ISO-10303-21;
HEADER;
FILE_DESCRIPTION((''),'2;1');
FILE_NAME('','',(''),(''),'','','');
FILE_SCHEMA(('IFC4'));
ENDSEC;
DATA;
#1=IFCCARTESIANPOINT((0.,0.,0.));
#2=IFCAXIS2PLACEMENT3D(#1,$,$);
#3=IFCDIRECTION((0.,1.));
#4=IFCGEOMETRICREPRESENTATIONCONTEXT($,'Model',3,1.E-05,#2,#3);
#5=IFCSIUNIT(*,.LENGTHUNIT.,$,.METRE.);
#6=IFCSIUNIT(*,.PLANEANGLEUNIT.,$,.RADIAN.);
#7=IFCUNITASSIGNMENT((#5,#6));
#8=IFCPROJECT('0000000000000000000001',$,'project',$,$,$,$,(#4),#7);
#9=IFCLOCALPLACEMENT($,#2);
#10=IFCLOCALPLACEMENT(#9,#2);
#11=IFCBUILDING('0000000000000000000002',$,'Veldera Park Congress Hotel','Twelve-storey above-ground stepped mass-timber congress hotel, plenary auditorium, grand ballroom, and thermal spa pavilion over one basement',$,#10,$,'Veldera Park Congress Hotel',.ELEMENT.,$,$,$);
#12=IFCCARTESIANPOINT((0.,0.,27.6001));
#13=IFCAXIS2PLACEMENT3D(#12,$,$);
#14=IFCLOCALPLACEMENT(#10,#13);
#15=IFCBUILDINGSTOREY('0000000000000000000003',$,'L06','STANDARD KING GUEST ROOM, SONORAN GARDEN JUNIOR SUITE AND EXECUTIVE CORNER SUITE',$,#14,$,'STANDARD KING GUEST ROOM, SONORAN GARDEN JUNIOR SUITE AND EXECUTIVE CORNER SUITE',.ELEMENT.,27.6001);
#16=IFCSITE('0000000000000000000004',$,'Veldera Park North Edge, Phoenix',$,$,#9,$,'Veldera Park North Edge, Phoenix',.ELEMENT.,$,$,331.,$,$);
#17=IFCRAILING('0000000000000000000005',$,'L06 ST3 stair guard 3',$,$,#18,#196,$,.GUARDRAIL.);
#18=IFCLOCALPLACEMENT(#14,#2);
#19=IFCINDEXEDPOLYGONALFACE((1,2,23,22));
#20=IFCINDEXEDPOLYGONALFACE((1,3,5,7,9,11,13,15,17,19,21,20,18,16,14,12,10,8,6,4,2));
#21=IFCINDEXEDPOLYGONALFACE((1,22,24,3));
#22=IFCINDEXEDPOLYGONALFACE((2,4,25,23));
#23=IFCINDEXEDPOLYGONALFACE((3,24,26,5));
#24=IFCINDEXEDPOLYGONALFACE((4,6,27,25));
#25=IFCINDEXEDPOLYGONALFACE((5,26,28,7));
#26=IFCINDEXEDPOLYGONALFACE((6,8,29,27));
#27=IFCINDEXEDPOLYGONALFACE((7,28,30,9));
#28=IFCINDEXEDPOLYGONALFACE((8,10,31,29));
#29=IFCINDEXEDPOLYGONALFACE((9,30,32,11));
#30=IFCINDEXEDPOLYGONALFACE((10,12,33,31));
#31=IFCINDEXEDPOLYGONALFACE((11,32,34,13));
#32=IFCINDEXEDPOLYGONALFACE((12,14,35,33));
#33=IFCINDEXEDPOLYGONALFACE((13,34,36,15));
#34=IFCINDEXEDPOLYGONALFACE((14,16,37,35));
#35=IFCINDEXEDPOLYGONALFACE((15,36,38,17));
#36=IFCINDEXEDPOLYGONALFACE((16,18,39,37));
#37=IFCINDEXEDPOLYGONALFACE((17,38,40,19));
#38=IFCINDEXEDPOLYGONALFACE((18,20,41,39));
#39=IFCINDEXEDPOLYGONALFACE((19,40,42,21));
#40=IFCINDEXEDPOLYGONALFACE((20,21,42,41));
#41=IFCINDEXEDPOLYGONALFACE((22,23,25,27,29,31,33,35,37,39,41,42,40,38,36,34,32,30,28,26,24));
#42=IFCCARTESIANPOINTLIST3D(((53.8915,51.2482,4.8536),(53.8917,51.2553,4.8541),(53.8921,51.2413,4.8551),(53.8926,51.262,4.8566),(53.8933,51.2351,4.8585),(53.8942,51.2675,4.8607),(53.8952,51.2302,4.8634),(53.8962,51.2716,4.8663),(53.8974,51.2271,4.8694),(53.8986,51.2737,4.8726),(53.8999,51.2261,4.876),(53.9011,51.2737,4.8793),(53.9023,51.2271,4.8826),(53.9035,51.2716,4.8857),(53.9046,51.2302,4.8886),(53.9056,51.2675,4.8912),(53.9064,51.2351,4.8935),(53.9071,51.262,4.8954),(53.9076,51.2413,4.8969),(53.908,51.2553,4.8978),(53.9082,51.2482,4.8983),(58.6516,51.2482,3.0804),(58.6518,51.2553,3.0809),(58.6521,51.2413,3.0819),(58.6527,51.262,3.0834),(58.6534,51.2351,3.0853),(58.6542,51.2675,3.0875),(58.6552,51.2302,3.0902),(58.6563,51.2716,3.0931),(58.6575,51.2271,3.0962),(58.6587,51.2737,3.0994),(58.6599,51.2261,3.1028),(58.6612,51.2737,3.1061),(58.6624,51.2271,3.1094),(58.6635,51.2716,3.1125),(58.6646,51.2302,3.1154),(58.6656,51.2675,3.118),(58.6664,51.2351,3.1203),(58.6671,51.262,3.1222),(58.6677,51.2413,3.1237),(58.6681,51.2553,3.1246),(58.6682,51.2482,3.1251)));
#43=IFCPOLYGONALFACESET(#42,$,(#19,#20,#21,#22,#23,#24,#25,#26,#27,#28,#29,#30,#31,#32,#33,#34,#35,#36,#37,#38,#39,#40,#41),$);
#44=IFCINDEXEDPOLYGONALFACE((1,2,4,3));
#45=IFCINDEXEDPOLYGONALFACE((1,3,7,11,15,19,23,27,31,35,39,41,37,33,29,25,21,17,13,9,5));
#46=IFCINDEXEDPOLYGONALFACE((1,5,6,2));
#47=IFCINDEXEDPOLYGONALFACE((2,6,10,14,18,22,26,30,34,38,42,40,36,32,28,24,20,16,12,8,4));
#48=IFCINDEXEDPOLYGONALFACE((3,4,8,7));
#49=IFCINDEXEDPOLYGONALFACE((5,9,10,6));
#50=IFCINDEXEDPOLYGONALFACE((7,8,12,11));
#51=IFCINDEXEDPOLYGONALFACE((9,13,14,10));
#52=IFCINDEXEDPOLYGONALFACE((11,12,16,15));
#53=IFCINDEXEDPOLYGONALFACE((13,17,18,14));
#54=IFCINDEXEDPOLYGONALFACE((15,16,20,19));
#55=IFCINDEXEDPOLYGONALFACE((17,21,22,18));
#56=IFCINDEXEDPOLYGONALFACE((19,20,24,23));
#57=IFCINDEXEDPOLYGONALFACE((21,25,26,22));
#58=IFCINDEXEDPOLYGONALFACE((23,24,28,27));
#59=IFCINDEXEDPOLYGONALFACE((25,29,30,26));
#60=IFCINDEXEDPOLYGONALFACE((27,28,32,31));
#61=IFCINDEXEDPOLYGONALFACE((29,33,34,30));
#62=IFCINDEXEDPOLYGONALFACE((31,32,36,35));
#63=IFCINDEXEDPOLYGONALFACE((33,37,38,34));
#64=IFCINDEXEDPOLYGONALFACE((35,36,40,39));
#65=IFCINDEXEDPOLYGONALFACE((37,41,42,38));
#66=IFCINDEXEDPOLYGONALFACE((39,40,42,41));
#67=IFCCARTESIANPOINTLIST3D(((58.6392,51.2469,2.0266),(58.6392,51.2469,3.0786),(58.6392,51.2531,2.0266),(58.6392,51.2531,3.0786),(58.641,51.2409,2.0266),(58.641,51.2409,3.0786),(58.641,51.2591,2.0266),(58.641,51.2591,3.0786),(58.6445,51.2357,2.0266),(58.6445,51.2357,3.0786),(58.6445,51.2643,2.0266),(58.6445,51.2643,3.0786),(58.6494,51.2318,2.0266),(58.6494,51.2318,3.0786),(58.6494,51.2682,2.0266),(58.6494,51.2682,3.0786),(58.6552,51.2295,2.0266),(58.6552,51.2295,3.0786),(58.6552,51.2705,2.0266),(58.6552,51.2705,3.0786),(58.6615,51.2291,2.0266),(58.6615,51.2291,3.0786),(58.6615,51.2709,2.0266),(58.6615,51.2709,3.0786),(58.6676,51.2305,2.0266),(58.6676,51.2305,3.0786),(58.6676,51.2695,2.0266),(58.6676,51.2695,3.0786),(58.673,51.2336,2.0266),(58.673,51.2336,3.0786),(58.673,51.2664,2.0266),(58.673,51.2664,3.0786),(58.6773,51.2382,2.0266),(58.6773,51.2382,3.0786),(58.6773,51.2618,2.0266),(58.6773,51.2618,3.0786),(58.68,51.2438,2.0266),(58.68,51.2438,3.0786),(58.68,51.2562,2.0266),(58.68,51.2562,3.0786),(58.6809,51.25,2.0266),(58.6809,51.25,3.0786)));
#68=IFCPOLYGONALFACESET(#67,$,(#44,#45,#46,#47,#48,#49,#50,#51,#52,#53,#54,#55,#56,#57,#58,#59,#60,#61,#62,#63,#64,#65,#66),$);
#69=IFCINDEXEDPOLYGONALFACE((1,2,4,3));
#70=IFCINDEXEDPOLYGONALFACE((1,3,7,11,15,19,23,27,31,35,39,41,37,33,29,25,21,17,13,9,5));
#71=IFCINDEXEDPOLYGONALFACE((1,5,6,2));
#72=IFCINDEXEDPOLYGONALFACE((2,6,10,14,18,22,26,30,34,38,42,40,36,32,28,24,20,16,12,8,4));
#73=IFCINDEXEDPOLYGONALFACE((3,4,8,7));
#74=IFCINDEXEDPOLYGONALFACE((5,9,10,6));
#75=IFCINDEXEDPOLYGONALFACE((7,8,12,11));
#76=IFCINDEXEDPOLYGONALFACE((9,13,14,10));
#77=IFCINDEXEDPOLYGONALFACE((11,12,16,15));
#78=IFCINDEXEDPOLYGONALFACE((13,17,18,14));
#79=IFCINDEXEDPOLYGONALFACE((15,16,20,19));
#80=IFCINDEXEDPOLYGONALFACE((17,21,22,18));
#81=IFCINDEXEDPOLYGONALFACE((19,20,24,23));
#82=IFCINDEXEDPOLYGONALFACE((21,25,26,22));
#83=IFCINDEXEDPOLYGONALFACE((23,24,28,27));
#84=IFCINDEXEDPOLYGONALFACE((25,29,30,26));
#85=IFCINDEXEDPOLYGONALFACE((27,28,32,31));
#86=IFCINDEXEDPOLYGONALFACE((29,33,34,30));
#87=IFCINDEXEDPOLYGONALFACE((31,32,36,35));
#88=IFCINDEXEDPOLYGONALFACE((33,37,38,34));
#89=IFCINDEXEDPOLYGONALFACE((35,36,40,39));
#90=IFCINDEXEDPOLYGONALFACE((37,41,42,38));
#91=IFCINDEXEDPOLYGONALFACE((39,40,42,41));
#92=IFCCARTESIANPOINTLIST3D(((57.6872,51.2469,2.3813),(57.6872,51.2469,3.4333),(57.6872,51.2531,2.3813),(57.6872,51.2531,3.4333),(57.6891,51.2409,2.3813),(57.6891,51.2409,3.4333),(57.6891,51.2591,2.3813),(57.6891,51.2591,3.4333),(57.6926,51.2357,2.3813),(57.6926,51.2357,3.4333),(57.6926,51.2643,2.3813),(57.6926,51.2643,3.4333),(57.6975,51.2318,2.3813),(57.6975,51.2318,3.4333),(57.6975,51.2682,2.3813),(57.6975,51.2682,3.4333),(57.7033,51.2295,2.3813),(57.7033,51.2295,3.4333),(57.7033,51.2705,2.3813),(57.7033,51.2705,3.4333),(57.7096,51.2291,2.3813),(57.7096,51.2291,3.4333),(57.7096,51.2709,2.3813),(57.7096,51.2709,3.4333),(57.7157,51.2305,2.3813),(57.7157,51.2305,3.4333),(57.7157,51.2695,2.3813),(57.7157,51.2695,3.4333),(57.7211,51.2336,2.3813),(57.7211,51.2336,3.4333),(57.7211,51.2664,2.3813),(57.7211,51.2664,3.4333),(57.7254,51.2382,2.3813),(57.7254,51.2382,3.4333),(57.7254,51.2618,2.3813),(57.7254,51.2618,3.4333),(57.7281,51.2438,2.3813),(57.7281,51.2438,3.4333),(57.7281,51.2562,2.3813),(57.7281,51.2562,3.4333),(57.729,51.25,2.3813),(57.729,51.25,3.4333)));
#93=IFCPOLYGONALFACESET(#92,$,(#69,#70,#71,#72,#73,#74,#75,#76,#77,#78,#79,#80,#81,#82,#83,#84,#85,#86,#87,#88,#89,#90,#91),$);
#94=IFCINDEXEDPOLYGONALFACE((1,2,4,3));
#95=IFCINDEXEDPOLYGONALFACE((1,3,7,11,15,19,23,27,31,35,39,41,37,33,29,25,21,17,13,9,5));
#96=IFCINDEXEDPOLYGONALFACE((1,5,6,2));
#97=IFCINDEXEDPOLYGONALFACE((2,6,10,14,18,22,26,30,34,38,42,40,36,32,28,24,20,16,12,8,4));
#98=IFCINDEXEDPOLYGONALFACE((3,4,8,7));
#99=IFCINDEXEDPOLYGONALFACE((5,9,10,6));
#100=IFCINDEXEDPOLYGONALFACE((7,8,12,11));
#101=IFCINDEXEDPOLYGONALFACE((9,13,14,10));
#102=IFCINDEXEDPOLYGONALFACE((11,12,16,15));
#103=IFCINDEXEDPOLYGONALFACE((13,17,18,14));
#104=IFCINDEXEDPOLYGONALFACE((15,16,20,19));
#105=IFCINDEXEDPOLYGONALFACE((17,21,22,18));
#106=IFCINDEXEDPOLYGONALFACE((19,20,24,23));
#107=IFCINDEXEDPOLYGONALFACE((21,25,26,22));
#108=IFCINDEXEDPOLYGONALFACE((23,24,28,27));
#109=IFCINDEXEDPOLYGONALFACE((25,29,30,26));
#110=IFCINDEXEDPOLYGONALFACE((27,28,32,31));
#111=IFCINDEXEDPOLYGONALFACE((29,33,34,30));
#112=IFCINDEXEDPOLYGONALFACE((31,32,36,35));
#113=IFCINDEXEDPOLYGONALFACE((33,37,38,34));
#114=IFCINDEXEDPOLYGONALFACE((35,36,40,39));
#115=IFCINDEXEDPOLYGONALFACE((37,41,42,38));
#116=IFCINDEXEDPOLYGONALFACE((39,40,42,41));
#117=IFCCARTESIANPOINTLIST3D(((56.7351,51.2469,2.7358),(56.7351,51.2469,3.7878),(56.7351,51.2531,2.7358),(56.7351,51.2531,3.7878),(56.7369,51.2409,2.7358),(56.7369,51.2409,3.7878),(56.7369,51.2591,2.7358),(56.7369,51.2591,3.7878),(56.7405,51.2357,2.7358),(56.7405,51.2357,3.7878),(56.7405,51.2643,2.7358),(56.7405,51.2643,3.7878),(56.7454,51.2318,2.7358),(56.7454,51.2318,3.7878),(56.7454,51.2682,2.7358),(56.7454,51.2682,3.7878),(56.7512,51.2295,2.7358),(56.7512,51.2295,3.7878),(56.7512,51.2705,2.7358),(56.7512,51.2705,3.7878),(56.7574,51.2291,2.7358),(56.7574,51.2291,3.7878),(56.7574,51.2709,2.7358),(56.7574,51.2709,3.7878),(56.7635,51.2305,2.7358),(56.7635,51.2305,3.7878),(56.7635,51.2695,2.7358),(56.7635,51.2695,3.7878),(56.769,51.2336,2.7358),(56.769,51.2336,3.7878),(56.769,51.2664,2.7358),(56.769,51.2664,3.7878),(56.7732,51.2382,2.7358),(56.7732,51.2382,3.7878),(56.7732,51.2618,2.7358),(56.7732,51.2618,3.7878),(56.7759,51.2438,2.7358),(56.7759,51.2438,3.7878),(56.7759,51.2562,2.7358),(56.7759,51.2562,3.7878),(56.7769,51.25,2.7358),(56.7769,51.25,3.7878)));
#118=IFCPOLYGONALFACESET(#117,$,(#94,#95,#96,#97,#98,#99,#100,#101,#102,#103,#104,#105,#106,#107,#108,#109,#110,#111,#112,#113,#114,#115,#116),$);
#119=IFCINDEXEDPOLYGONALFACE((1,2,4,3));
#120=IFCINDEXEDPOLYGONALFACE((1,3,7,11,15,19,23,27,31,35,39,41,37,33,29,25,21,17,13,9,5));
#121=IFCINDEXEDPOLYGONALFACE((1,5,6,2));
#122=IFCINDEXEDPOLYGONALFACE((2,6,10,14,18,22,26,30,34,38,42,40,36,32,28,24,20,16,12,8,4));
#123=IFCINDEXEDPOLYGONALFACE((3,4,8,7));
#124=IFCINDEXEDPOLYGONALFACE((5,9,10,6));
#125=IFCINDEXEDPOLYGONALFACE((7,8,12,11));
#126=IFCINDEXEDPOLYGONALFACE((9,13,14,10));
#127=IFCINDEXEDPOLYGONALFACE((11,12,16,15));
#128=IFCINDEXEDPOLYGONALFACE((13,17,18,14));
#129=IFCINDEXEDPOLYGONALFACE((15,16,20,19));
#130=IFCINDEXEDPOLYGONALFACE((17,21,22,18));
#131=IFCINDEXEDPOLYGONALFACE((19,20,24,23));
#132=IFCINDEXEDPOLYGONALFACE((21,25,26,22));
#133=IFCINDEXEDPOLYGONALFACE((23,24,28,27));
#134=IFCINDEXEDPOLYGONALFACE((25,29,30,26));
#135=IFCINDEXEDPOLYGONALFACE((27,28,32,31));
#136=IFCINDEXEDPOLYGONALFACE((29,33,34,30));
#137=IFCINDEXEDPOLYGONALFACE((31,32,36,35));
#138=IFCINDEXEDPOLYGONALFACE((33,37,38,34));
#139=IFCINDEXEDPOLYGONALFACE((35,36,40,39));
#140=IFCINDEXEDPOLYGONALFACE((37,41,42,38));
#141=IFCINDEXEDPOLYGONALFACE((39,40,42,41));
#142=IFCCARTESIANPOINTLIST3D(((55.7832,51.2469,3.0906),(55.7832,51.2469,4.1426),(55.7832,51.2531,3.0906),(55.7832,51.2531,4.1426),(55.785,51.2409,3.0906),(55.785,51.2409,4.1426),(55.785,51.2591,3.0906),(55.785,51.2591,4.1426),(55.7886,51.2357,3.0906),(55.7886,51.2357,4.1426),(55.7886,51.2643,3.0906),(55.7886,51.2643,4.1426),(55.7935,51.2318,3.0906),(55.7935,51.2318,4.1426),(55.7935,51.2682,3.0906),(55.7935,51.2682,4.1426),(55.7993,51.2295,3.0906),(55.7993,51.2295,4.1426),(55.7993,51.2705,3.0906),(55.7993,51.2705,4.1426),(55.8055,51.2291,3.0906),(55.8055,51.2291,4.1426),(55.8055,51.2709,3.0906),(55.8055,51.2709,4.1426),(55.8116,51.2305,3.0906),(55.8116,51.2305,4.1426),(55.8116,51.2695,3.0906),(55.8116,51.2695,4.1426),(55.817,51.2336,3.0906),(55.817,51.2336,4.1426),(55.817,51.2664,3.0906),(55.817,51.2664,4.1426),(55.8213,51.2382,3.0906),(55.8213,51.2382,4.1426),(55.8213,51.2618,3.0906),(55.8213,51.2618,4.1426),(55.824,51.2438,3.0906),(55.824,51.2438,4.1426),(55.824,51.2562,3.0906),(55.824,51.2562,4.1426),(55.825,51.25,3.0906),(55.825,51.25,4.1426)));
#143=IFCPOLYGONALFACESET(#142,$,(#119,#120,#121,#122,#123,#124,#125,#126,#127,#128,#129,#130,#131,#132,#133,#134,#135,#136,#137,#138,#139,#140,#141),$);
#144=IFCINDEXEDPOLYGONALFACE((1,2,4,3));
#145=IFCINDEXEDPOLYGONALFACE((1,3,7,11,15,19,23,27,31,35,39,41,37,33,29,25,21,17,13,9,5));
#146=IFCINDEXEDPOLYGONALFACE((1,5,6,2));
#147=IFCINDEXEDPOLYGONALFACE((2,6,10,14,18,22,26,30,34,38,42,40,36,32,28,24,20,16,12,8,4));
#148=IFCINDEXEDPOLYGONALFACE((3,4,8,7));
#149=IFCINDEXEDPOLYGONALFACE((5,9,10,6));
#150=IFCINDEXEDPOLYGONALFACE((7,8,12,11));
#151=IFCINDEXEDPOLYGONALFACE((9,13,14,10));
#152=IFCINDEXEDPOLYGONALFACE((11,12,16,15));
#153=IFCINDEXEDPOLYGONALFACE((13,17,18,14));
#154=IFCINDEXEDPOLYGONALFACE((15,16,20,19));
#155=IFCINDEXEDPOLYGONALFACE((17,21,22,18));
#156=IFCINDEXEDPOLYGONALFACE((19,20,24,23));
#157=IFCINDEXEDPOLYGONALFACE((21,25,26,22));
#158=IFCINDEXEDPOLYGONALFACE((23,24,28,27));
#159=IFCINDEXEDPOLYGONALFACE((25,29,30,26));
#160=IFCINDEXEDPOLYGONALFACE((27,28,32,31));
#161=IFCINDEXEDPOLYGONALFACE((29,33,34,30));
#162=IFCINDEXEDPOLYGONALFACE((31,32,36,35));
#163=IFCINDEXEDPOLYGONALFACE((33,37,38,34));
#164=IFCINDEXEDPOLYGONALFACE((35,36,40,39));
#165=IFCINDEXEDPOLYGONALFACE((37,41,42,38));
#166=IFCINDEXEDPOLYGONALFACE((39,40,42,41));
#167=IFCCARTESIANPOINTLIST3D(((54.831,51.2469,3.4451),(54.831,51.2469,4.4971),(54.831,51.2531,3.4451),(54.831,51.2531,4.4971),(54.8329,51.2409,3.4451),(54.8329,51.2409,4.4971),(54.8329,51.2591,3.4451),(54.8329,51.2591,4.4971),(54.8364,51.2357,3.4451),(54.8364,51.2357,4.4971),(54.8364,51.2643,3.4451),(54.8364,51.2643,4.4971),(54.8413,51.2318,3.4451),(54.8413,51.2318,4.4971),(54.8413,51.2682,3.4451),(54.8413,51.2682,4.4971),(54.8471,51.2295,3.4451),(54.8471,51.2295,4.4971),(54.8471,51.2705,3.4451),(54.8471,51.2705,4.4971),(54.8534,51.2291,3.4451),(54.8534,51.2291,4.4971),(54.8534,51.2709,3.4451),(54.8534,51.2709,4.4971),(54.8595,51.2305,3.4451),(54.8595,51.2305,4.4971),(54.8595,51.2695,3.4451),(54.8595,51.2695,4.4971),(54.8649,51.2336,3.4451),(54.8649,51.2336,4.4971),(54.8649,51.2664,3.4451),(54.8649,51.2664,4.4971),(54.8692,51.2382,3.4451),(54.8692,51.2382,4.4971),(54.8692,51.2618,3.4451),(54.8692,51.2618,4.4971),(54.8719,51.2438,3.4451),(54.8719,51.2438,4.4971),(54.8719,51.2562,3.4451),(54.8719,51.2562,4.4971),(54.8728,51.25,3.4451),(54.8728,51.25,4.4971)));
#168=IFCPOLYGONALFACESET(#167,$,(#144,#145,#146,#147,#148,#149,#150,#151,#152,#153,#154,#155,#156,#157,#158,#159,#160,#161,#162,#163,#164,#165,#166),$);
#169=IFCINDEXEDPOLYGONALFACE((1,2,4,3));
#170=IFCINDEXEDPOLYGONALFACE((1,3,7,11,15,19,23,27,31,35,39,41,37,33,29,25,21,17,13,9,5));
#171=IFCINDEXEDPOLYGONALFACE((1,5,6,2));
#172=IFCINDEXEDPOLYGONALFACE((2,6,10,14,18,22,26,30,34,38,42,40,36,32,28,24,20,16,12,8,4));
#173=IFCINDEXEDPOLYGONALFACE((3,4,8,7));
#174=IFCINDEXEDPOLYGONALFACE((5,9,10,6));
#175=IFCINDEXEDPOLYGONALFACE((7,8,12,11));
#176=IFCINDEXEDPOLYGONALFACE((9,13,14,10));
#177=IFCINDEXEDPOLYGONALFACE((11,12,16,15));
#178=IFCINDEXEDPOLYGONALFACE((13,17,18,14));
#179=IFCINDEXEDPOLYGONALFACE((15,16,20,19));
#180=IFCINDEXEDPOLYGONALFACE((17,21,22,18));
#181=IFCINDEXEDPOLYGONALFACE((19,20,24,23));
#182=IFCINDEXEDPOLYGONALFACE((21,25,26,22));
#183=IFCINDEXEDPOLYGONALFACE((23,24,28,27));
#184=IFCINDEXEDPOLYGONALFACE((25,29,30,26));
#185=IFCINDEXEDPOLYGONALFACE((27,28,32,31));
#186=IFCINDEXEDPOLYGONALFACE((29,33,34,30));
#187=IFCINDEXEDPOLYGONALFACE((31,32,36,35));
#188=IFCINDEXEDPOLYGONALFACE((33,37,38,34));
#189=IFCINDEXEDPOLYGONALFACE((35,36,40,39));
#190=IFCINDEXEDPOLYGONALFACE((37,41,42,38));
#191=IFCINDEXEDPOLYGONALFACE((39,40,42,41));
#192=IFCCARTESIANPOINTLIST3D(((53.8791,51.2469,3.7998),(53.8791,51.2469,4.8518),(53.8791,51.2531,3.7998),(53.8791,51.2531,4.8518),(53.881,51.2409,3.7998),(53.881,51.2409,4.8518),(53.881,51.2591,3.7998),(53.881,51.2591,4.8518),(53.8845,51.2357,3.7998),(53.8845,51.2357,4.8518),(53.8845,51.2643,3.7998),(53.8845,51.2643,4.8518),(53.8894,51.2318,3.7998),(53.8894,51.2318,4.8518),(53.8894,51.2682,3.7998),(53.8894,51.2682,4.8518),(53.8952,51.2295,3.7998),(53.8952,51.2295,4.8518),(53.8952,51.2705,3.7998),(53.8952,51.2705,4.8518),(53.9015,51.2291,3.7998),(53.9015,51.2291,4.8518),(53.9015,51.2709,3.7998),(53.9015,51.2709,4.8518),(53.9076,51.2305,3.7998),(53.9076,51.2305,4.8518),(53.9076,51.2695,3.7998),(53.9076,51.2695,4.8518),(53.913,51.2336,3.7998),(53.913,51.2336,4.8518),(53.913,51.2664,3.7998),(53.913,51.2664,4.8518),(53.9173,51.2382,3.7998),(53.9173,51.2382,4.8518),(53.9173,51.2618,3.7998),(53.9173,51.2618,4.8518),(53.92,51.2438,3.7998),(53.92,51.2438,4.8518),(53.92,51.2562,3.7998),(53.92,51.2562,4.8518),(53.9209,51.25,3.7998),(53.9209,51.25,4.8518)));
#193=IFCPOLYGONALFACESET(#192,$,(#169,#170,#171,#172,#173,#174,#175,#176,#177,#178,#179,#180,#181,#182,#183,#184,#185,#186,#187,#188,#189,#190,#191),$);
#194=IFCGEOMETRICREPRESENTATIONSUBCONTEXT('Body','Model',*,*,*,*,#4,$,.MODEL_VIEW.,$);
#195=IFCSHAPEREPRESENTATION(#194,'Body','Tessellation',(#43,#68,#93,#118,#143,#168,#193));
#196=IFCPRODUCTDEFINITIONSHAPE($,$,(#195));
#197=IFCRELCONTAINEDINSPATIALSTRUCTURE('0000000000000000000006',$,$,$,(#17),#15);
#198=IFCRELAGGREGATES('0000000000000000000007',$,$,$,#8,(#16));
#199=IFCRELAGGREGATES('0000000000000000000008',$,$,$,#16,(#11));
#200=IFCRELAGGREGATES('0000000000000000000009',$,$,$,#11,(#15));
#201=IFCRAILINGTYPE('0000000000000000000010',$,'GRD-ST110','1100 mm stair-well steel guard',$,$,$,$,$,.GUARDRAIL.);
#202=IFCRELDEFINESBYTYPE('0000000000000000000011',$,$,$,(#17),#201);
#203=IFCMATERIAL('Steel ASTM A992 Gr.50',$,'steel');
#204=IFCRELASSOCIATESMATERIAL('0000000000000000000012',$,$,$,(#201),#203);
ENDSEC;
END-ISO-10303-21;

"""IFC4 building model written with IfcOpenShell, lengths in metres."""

from ifc_helpers import new_model, si_unit, direction, frame, origin, origin_2d, place, context, subcontext, project, spatial, circle, extrude, material, type_object, element, save


model = new_model("IFC4")

# Units and contexts
model_context = context("Model", 3, precision=1e-05, world=origin(), true_north=direction((0.0, 1.0)))
body_context = subcontext(model_context, "Body", "Model", "MODEL_VIEW")
ifc_project = project(units=[si_unit("LENGTHUNIT", "METRE"), si_unit("PLANEANGLEUNIT", "RADIAN")], contexts=[model_context])

# Site, building, storey
site_placement = place(None, origin())
site = spatial("IfcSite", under=ifc_project, at=site_placement, Name="Veldera Park North Edge, Phoenix", LongName="Veldera Park North Edge, Phoenix", CompositionType="ELEMENT", RefElevation=331.0)
building_placement = place(site_placement, origin())
building = spatial("IfcBuilding", under=site, at=building_placement, Name="Veldera Park Congress Hotel", Description="Twelve-storey above-ground stepped mass-timber congress hotel, plenary auditorium, grand ballroom, and thermal spa pavilion over one basement", LongName="Veldera Park Congress Hotel", CompositionType="ELEMENT")
storey_placement = place(building_placement, frame((0.0, 0.0, 27.6001)))
storey = spatial("IfcBuildingStorey", under=building, at=storey_placement, Name="L06", Description="STANDARD KING GUEST ROOM, SONORAN GARDEN JUNIOR SUITE AND EXECUTIVE CORNER SUITE", LongName="STANDARD KING GUEST ROOM, SONORAN GARDEN JUNIOR SUITE AND EXECUTIVE CORNER SUITE", CompositionType="ELEMENT", Elevation=27.6001)

# Railing
ifc_material_1 = material(Name="Steel ASTM A992 Gr.50", Category="steel")
railing_type_1 = type_object("IfcRailingType", Name="GRD-ST110", Description="1100 mm stair-well steel guard", PredefinedType="GUARDRAIL", material=ifc_material_1)
railing_1_placement = place(storey_placement, frame((58.6599, 51.25, 2.0266)))
element("IfcRailing", 1, at=railing_1_placement, inside=storey, type_object=railing_type_1, Name="L06 ST3 stair guard 3", PredefinedType="GUARDRAIL", context=body_context, shape_type="SweptSolid", body=[
    extrude(circle(Radius=0.0239, at=origin_2d()), frame((0.0, 0.0, 1.0762), z_axis=(-0.937091, 0.0, 0.349084), x_axis=(0.0, -1.0, 0.0)), (0.0, 0.0, 1.0), 5.0796),
    extrude(circle(Radius=0.021, at=origin_2d()), origin(), (0.0, 0.0, 1.0), 1.052),
    extrude(circle(Radius=0.021, at=origin_2d()), frame((-0.9519, 0.0, 0.3547)), (0.0, 0.0, 1.0), 1.052),
    extrude(circle(Radius=0.021, at=origin_2d()), frame((-1.9041, 0.0, 0.7092)), (0.0, 0.0, 1.0), 1.052),
    extrude(circle(Radius=0.021, at=origin_2d()), frame((-2.856, 0.0, 1.064)), (0.0, 0.0, 1.0), 1.052),
    extrude(circle(Radius=0.021, at=origin_2d()), frame((-3.8081, 0.0, 1.4185)), (0.0, 0.0, 1.0), 1.052),
    extrude(circle(Radius=0.021, at=origin_2d()), frame((-4.76, 0.0, 1.7732)), (0.0, 0.0, 1.0), 1.052),
])

save(model, "model.ifc")
